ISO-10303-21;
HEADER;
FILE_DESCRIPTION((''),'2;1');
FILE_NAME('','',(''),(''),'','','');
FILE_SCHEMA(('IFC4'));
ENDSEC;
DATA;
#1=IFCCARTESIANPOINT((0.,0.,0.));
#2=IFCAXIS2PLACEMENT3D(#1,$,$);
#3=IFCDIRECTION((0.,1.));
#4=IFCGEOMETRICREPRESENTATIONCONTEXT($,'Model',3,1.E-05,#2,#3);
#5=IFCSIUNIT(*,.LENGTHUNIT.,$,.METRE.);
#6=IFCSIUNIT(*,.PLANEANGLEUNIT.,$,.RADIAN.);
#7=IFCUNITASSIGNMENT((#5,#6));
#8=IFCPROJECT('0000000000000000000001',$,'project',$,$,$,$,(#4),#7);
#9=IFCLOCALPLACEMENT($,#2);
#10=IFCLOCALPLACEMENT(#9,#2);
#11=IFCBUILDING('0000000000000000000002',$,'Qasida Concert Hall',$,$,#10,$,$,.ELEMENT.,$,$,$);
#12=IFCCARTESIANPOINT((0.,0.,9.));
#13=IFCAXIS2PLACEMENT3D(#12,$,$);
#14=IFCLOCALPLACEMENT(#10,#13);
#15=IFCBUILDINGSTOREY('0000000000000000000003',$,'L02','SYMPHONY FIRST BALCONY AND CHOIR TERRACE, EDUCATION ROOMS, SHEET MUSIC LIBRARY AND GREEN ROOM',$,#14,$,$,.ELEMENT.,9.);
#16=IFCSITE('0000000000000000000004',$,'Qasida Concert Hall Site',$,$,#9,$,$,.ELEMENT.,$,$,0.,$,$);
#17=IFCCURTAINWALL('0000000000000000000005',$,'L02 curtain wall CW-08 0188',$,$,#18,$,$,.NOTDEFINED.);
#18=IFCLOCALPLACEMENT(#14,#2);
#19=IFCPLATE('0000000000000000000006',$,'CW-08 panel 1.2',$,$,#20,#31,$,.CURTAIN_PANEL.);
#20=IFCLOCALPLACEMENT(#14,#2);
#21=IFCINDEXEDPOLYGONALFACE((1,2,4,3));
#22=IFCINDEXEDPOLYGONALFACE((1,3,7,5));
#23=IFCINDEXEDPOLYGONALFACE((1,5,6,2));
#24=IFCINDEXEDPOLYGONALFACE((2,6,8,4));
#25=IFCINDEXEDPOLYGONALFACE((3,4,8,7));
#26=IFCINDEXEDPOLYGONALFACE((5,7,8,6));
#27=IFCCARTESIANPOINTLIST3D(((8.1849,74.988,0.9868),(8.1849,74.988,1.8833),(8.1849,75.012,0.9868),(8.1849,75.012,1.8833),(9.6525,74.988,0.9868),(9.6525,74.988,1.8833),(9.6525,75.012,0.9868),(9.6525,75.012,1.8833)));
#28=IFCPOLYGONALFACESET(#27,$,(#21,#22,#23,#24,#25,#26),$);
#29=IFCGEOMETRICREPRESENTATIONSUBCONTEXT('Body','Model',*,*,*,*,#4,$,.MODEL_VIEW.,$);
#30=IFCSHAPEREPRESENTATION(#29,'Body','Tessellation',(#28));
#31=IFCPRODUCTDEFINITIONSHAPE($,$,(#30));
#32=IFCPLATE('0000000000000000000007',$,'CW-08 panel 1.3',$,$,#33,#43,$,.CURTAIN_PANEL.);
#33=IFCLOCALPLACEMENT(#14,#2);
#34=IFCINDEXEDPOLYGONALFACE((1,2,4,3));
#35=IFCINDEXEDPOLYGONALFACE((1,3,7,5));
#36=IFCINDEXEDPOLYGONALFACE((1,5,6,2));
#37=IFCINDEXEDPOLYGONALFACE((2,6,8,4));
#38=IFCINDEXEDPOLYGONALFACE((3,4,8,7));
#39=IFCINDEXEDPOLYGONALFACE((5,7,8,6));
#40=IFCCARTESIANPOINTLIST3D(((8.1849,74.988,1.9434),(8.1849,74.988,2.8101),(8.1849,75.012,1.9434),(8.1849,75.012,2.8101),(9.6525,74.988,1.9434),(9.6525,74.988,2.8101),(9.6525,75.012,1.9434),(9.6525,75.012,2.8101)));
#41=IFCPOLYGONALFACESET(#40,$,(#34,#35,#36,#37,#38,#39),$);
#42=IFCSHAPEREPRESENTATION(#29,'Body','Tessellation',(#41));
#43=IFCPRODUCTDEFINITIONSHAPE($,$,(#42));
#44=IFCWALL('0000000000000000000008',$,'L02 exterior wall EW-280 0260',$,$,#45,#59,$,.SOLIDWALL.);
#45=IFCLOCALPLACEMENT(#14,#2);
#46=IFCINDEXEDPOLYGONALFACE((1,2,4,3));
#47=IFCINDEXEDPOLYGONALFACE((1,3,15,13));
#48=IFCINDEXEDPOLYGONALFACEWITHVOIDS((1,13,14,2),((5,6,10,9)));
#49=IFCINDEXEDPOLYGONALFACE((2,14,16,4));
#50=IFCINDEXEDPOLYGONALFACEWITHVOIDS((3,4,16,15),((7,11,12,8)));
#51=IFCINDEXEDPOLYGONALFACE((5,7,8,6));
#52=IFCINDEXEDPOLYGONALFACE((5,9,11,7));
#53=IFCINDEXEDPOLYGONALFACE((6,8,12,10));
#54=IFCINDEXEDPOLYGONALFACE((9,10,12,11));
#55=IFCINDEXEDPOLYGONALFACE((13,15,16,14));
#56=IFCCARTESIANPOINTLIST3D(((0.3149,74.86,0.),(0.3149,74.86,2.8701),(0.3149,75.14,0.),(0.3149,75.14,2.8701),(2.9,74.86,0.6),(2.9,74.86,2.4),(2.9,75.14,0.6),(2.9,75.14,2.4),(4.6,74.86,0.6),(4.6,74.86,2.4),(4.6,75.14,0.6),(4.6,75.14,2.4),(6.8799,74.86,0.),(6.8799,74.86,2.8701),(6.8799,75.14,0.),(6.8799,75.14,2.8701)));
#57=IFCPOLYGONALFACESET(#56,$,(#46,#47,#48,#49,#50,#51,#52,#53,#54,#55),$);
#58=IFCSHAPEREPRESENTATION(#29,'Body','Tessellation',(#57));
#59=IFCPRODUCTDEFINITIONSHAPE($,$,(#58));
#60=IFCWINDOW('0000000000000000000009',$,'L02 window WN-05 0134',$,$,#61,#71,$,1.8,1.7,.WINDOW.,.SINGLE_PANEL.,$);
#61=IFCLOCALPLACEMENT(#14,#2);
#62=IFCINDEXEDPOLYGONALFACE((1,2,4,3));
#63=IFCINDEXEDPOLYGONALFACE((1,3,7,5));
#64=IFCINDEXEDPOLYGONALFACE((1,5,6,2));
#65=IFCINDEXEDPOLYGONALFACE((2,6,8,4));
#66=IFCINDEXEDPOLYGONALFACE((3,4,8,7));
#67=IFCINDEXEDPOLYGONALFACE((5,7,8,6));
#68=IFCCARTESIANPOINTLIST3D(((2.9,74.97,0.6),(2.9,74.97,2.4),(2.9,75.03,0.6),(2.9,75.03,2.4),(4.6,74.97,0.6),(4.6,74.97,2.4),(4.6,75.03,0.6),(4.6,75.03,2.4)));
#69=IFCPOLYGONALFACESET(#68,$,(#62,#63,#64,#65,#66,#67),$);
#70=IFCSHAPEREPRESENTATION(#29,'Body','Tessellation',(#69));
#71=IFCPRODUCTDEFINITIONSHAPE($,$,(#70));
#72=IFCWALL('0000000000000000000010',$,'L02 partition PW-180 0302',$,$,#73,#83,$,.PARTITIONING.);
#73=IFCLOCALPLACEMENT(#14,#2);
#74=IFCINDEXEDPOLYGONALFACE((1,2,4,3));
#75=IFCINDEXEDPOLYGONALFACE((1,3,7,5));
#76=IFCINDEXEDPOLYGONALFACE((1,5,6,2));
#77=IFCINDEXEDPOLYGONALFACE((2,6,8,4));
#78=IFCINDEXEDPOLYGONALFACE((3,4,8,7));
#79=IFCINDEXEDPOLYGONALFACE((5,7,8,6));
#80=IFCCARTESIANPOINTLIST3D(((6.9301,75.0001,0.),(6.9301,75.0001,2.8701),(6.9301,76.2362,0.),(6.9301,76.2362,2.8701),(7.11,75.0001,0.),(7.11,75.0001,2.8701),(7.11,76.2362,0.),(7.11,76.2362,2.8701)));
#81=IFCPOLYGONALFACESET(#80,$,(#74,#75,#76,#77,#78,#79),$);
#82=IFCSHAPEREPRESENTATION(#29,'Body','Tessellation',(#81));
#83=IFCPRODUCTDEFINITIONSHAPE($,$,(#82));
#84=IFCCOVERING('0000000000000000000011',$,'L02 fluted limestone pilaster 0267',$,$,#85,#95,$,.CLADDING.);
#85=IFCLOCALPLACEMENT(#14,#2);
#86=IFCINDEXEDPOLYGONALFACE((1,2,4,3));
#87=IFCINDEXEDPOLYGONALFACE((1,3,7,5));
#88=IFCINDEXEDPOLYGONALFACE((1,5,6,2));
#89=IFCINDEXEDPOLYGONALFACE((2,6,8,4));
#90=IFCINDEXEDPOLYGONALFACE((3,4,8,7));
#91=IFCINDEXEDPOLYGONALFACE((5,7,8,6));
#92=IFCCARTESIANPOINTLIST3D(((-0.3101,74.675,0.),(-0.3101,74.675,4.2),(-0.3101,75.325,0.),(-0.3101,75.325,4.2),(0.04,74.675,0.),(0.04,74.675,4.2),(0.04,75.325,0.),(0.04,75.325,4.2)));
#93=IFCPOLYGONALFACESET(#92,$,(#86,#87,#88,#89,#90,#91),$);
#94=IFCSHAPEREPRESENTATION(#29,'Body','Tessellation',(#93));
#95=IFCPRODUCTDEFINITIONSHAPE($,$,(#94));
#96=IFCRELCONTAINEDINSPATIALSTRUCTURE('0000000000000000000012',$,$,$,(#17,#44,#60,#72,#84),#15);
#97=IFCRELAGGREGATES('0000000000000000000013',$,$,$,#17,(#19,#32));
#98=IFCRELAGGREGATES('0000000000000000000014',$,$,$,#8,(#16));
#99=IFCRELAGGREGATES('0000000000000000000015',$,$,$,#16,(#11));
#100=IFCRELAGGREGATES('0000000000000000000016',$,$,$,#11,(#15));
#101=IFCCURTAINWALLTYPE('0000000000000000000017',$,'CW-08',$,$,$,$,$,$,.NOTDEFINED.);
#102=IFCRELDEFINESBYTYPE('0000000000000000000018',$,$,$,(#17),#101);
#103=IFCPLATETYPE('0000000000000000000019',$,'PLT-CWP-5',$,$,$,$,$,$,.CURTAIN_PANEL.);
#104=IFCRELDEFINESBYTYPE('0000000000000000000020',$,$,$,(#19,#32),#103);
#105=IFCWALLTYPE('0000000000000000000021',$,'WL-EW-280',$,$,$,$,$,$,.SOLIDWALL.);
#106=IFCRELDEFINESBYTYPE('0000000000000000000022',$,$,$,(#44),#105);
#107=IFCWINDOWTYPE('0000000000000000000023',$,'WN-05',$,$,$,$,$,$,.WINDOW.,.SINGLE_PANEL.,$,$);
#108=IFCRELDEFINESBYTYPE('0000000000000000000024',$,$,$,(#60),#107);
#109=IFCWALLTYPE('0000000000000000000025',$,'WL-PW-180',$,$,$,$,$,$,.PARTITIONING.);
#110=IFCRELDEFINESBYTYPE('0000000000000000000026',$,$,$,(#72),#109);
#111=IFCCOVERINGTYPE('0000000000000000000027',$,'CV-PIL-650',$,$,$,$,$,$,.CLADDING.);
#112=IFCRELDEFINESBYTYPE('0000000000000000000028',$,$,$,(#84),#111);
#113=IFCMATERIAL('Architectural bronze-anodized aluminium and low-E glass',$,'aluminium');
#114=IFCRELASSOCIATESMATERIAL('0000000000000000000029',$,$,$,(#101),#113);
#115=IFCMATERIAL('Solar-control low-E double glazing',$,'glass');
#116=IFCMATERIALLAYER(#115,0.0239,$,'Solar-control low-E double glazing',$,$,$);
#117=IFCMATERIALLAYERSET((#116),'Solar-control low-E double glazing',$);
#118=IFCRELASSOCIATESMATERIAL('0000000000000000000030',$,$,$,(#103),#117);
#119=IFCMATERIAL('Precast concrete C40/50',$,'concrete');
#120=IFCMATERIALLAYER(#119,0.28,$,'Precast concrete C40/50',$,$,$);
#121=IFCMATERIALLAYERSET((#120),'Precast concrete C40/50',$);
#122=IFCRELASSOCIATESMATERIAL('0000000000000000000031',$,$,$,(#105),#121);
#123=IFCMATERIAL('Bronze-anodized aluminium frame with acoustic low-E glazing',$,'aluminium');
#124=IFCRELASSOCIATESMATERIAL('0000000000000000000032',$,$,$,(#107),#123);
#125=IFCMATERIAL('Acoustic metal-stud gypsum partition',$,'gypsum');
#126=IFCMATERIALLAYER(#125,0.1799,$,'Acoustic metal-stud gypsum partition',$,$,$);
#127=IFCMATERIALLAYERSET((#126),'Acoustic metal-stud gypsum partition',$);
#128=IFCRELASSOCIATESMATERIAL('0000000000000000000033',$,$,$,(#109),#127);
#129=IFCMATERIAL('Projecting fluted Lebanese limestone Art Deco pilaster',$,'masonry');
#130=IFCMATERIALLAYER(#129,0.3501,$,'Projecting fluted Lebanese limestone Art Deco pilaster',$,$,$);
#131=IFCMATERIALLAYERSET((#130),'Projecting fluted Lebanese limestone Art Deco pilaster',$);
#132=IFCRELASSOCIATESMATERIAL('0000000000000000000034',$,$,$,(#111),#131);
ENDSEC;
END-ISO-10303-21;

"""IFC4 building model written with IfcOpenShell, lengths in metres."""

from ifc_helpers import new_model, si_unit, direction, frame, frame_2d, origin, origin_2d, place, context, subcontext, project, spatial, rectangle, extrude, material, layer, layer_set, type_object, element, fill, aggregate, save


model = new_model("IFC4")

# Units and contexts
model_context = context("Model", 3, precision=1e-05, world=origin(), true_north=direction((0.0, 1.0)))
body_context = subcontext(model_context, "Body", "Model", "MODEL_VIEW")
ifc_project = project(units=[si_unit("LENGTHUNIT", "METRE"), si_unit("PLANEANGLEUNIT", "RADIAN")], contexts=[model_context])

# Site, building, storey
site_placement = place(None, origin())
site = spatial("IfcSite", under=ifc_project, at=site_placement, Name="Qasida Concert Hall Site", CompositionType="ELEMENT", RefElevation=0.0)
building_placement = place(site_placement, origin())
building = spatial("IfcBuilding", under=site, at=building_placement, Name="Qasida Concert Hall", CompositionType="ELEMENT")
storey_placement = place(building_placement, frame((0.0, 0.0, 9.0)))
storey = spatial("IfcBuildingStorey", under=building, at=storey_placement, Name="L02", Description="SYMPHONY FIRST BALCONY AND CHOIR TERRACE, EDUCATION ROOMS, SHEET MUSIC LIBRARY AND GREEN ROOM", CompositionType="ELEMENT", Elevation=9.0)

# Shared definitions
ifc_material_1 = material(Name="Architectural bronze-anodized aluminium and low-E glass", Category="aluminium")
curtain_wall_type = type_object("IfcCurtainWallType", Name="CW-08", PredefinedType="NOTDEFINED", material=ifc_material_1)

# Curtain wall
curtain_wall_1_placement = place(storey_placement, origin())
curtain_wall_1 = element("IfcCurtainWall", 1, at=curtain_wall_1_placement, inside=storey, type_object=curtain_wall_type, Name="L02 curtain wall CW-08 0188", PredefinedType="NOTDEFINED")

# Plates
ifc_material_2 = material(Name="Solar-control low-E double glazing", Category="glass")
ifc_layer_1 = layer(ifc_material_2, 0.0239, Name="Solar-control low-E double glazing")
ifc_layer_set_1 = layer_set([ifc_layer_1], Name="Solar-control low-E double glazing")
plate_type = type_object("IfcPlateType", Name="PLT-CWP-5", PredefinedType="CURTAIN_PANEL", material=ifc_layer_set_1)
plate_1_placement = place(storey_placement, frame((8.9187, 75.0, 0.9868), z_axis=(0.0, 0.0, 1.0), x_axis=(1.0, 0.0, 0.0)))
plate_1 = element("IfcPlate", 2, at=plate_1_placement, type_object=plate_type, Name="CW-08 panel 1.2", PredefinedType="CURTAIN_PANEL", context=body_context, shape_type="SweptSolid", body=[
    extrude(rectangle(XDim=1.4675, YDim=0.0239, at=origin_2d()), origin(), (0.0, 0.0, 1.0), 0.8965),
])
plate_2_placement = place(storey_placement, frame((8.9187, 75.0, 1.9434), z_axis=(0.0, 0.0, 1.0), x_axis=(1.0, 0.0, 0.0)))
plate_2 = element("IfcPlate", 3, at=plate_2_placement, type_object=plate_type, Name="CW-08 panel 1.3", PredefinedType="CURTAIN_PANEL", context=body_context, shape_type="SweptSolid", body=[
    extrude(rectangle(XDim=1.4675, YDim=0.0239, at=origin_2d()), origin(), (0.0, 0.0, 1.0), 0.8667),
])
aggregate(curtain_wall_1, [plate_1, plate_2])

# Wall, opening, window
ifc_material_3 = material(Name="Precast concrete C40/50", Category="concrete")
ifc_layer_2 = layer(ifc_material_3, 0.28, Name="Precast concrete C40/50")
ifc_layer_set_2 = layer_set([ifc_layer_2], Name="Precast concrete C40/50")
wall_type_1 = type_object("IfcWallType", Name="WL-EW-280", PredefinedType="SOLIDWALL", material=ifc_layer_set_2)
wall_1_placement = place(storey_placement, frame((0.3149, 75.0, 0.0), z_axis=(0.0, 0.0, 1.0), x_axis=(1.0, 0.0, 0.0)))
wall_1 = element("IfcWall", 4, at=wall_1_placement, inside=storey, type_object=wall_type_1, Name="L02 exterior wall EW-280 0260", PredefinedType="SOLIDWALL", context=body_context, shape_type="SweptSolid", body=[
    extrude(rectangle(XDim=6.5649, YDim=0.28, at=frame_2d((3.2825, 0.0))), origin(), (0.0, 0.0, 1.0), 2.8701),
])
opening_placement = place(wall_1_placement, frame((2.585, 0.0, 0.6001)))
opening = element("IfcOpeningElement", 5, at=opening_placement, cuts=wall_1, PredefinedType="OPENING", context=body_context, shape_type="SweptSolid", body=[
    extrude(rectangle(XDim=1.7, YDim=1.8, at=frame_2d((0.8501, 0.8999))), frame((0.0, 0.1499, 0.0), z_axis=(0.0, -1.0, 0.0), x_axis=(1.0, 0.0, 0.0)), (0.0, 0.0, 1.0), 0.3),
])
ifc_material_4 = material(Name="Bronze-anodized aluminium frame with acoustic low-E glazing", Category="aluminium")
window_type = type_object("IfcWindowType", Name="WN-05", PartitioningType="SINGLE_PANEL", PredefinedType="WINDOW", material=ifc_material_4)
window_placement = place(opening_placement, origin())
window = element("IfcWindow", 6, at=window_placement, inside=storey, type_object=window_type, Name="L02 window WN-05 0134", OverallHeight=1.8, OverallWidth=1.7, PartitioningType="SINGLE_PANEL", PredefinedType="WINDOW", context=body_context, shape_type="SweptSolid", body=[
    extrude(rectangle(XDim=1.7, YDim=1.8, at=frame_2d((0.8501, 0.8999))), frame((0.0, 0.03, 0.0), z_axis=(0.0, -1.0, 0.0), x_axis=(1.0, 0.0, 0.0)), (0.0, 0.0, 1.0), 0.0601),
])
fill(opening, window)

# Wall
ifc_material_5 = material(Name="Acoustic metal-stud gypsum partition", Category="gypsum")
ifc_layer_3 = layer(ifc_material_5, 0.1799, Name="Acoustic metal-stud gypsum partition")
ifc_layer_set_3 = layer_set([ifc_layer_3], Name="Acoustic metal-stud gypsum partition")
wall_type_2 = type_object("IfcWallType", Name="WL-PW-180", PredefinedType="PARTITIONING", material=ifc_layer_set_3)
wall_2_placement = place(storey_placement, frame((7.02, 75.0, 0.0), z_axis=(0.0, 0.0, 1.0), x_axis=(0.0, 1.0, 0.0)))
element("IfcWall", 7, at=wall_2_placement, inside=storey, type_object=wall_type_2, Name="L02 partition PW-180 0302", PredefinedType="PARTITIONING", context=body_context, shape_type="SweptSolid", body=[
    extrude(rectangle(XDim=1.2361, YDim=0.1799, at=frame_2d((0.6182, 0.0))), origin(), (0.0, 0.0, 1.0), 2.8701),
])

# Covering
ifc_material_6 = material(Name="Projecting fluted Lebanese limestone Art Deco pilaster", Category="masonry")
ifc_layer_4 = layer(ifc_material_6, 0.3501, Name="Projecting fluted Lebanese limestone Art Deco pilaster")
ifc_layer_set_4 = layer_set([ifc_layer_4], Name="Projecting fluted Lebanese limestone Art Deco pilaster")
covering_type = type_object("IfcCoveringType", Name="CV-PIL-650", PredefinedType="CLADDING", material=ifc_layer_set_4)
covering_placement = place(storey_placement, frame((-0.135, 75.0, 0.0), z_axis=(0.0, 0.0, 1.0), x_axis=(1.0, 0.0, 0.0)))
element("IfcCovering", 8, at=covering_placement, inside=storey, type_object=covering_type, Name="L02 fluted limestone pilaster 0267", PredefinedType="CLADDING", context=body_context, shape_type="SweptSolid", body=[
    extrude(rectangle(XDim=0.3501, YDim=0.6499, at=origin_2d()), origin(), (0.0, 0.0, 1.0), 4.2),
])

save(model, "model.ifc")
